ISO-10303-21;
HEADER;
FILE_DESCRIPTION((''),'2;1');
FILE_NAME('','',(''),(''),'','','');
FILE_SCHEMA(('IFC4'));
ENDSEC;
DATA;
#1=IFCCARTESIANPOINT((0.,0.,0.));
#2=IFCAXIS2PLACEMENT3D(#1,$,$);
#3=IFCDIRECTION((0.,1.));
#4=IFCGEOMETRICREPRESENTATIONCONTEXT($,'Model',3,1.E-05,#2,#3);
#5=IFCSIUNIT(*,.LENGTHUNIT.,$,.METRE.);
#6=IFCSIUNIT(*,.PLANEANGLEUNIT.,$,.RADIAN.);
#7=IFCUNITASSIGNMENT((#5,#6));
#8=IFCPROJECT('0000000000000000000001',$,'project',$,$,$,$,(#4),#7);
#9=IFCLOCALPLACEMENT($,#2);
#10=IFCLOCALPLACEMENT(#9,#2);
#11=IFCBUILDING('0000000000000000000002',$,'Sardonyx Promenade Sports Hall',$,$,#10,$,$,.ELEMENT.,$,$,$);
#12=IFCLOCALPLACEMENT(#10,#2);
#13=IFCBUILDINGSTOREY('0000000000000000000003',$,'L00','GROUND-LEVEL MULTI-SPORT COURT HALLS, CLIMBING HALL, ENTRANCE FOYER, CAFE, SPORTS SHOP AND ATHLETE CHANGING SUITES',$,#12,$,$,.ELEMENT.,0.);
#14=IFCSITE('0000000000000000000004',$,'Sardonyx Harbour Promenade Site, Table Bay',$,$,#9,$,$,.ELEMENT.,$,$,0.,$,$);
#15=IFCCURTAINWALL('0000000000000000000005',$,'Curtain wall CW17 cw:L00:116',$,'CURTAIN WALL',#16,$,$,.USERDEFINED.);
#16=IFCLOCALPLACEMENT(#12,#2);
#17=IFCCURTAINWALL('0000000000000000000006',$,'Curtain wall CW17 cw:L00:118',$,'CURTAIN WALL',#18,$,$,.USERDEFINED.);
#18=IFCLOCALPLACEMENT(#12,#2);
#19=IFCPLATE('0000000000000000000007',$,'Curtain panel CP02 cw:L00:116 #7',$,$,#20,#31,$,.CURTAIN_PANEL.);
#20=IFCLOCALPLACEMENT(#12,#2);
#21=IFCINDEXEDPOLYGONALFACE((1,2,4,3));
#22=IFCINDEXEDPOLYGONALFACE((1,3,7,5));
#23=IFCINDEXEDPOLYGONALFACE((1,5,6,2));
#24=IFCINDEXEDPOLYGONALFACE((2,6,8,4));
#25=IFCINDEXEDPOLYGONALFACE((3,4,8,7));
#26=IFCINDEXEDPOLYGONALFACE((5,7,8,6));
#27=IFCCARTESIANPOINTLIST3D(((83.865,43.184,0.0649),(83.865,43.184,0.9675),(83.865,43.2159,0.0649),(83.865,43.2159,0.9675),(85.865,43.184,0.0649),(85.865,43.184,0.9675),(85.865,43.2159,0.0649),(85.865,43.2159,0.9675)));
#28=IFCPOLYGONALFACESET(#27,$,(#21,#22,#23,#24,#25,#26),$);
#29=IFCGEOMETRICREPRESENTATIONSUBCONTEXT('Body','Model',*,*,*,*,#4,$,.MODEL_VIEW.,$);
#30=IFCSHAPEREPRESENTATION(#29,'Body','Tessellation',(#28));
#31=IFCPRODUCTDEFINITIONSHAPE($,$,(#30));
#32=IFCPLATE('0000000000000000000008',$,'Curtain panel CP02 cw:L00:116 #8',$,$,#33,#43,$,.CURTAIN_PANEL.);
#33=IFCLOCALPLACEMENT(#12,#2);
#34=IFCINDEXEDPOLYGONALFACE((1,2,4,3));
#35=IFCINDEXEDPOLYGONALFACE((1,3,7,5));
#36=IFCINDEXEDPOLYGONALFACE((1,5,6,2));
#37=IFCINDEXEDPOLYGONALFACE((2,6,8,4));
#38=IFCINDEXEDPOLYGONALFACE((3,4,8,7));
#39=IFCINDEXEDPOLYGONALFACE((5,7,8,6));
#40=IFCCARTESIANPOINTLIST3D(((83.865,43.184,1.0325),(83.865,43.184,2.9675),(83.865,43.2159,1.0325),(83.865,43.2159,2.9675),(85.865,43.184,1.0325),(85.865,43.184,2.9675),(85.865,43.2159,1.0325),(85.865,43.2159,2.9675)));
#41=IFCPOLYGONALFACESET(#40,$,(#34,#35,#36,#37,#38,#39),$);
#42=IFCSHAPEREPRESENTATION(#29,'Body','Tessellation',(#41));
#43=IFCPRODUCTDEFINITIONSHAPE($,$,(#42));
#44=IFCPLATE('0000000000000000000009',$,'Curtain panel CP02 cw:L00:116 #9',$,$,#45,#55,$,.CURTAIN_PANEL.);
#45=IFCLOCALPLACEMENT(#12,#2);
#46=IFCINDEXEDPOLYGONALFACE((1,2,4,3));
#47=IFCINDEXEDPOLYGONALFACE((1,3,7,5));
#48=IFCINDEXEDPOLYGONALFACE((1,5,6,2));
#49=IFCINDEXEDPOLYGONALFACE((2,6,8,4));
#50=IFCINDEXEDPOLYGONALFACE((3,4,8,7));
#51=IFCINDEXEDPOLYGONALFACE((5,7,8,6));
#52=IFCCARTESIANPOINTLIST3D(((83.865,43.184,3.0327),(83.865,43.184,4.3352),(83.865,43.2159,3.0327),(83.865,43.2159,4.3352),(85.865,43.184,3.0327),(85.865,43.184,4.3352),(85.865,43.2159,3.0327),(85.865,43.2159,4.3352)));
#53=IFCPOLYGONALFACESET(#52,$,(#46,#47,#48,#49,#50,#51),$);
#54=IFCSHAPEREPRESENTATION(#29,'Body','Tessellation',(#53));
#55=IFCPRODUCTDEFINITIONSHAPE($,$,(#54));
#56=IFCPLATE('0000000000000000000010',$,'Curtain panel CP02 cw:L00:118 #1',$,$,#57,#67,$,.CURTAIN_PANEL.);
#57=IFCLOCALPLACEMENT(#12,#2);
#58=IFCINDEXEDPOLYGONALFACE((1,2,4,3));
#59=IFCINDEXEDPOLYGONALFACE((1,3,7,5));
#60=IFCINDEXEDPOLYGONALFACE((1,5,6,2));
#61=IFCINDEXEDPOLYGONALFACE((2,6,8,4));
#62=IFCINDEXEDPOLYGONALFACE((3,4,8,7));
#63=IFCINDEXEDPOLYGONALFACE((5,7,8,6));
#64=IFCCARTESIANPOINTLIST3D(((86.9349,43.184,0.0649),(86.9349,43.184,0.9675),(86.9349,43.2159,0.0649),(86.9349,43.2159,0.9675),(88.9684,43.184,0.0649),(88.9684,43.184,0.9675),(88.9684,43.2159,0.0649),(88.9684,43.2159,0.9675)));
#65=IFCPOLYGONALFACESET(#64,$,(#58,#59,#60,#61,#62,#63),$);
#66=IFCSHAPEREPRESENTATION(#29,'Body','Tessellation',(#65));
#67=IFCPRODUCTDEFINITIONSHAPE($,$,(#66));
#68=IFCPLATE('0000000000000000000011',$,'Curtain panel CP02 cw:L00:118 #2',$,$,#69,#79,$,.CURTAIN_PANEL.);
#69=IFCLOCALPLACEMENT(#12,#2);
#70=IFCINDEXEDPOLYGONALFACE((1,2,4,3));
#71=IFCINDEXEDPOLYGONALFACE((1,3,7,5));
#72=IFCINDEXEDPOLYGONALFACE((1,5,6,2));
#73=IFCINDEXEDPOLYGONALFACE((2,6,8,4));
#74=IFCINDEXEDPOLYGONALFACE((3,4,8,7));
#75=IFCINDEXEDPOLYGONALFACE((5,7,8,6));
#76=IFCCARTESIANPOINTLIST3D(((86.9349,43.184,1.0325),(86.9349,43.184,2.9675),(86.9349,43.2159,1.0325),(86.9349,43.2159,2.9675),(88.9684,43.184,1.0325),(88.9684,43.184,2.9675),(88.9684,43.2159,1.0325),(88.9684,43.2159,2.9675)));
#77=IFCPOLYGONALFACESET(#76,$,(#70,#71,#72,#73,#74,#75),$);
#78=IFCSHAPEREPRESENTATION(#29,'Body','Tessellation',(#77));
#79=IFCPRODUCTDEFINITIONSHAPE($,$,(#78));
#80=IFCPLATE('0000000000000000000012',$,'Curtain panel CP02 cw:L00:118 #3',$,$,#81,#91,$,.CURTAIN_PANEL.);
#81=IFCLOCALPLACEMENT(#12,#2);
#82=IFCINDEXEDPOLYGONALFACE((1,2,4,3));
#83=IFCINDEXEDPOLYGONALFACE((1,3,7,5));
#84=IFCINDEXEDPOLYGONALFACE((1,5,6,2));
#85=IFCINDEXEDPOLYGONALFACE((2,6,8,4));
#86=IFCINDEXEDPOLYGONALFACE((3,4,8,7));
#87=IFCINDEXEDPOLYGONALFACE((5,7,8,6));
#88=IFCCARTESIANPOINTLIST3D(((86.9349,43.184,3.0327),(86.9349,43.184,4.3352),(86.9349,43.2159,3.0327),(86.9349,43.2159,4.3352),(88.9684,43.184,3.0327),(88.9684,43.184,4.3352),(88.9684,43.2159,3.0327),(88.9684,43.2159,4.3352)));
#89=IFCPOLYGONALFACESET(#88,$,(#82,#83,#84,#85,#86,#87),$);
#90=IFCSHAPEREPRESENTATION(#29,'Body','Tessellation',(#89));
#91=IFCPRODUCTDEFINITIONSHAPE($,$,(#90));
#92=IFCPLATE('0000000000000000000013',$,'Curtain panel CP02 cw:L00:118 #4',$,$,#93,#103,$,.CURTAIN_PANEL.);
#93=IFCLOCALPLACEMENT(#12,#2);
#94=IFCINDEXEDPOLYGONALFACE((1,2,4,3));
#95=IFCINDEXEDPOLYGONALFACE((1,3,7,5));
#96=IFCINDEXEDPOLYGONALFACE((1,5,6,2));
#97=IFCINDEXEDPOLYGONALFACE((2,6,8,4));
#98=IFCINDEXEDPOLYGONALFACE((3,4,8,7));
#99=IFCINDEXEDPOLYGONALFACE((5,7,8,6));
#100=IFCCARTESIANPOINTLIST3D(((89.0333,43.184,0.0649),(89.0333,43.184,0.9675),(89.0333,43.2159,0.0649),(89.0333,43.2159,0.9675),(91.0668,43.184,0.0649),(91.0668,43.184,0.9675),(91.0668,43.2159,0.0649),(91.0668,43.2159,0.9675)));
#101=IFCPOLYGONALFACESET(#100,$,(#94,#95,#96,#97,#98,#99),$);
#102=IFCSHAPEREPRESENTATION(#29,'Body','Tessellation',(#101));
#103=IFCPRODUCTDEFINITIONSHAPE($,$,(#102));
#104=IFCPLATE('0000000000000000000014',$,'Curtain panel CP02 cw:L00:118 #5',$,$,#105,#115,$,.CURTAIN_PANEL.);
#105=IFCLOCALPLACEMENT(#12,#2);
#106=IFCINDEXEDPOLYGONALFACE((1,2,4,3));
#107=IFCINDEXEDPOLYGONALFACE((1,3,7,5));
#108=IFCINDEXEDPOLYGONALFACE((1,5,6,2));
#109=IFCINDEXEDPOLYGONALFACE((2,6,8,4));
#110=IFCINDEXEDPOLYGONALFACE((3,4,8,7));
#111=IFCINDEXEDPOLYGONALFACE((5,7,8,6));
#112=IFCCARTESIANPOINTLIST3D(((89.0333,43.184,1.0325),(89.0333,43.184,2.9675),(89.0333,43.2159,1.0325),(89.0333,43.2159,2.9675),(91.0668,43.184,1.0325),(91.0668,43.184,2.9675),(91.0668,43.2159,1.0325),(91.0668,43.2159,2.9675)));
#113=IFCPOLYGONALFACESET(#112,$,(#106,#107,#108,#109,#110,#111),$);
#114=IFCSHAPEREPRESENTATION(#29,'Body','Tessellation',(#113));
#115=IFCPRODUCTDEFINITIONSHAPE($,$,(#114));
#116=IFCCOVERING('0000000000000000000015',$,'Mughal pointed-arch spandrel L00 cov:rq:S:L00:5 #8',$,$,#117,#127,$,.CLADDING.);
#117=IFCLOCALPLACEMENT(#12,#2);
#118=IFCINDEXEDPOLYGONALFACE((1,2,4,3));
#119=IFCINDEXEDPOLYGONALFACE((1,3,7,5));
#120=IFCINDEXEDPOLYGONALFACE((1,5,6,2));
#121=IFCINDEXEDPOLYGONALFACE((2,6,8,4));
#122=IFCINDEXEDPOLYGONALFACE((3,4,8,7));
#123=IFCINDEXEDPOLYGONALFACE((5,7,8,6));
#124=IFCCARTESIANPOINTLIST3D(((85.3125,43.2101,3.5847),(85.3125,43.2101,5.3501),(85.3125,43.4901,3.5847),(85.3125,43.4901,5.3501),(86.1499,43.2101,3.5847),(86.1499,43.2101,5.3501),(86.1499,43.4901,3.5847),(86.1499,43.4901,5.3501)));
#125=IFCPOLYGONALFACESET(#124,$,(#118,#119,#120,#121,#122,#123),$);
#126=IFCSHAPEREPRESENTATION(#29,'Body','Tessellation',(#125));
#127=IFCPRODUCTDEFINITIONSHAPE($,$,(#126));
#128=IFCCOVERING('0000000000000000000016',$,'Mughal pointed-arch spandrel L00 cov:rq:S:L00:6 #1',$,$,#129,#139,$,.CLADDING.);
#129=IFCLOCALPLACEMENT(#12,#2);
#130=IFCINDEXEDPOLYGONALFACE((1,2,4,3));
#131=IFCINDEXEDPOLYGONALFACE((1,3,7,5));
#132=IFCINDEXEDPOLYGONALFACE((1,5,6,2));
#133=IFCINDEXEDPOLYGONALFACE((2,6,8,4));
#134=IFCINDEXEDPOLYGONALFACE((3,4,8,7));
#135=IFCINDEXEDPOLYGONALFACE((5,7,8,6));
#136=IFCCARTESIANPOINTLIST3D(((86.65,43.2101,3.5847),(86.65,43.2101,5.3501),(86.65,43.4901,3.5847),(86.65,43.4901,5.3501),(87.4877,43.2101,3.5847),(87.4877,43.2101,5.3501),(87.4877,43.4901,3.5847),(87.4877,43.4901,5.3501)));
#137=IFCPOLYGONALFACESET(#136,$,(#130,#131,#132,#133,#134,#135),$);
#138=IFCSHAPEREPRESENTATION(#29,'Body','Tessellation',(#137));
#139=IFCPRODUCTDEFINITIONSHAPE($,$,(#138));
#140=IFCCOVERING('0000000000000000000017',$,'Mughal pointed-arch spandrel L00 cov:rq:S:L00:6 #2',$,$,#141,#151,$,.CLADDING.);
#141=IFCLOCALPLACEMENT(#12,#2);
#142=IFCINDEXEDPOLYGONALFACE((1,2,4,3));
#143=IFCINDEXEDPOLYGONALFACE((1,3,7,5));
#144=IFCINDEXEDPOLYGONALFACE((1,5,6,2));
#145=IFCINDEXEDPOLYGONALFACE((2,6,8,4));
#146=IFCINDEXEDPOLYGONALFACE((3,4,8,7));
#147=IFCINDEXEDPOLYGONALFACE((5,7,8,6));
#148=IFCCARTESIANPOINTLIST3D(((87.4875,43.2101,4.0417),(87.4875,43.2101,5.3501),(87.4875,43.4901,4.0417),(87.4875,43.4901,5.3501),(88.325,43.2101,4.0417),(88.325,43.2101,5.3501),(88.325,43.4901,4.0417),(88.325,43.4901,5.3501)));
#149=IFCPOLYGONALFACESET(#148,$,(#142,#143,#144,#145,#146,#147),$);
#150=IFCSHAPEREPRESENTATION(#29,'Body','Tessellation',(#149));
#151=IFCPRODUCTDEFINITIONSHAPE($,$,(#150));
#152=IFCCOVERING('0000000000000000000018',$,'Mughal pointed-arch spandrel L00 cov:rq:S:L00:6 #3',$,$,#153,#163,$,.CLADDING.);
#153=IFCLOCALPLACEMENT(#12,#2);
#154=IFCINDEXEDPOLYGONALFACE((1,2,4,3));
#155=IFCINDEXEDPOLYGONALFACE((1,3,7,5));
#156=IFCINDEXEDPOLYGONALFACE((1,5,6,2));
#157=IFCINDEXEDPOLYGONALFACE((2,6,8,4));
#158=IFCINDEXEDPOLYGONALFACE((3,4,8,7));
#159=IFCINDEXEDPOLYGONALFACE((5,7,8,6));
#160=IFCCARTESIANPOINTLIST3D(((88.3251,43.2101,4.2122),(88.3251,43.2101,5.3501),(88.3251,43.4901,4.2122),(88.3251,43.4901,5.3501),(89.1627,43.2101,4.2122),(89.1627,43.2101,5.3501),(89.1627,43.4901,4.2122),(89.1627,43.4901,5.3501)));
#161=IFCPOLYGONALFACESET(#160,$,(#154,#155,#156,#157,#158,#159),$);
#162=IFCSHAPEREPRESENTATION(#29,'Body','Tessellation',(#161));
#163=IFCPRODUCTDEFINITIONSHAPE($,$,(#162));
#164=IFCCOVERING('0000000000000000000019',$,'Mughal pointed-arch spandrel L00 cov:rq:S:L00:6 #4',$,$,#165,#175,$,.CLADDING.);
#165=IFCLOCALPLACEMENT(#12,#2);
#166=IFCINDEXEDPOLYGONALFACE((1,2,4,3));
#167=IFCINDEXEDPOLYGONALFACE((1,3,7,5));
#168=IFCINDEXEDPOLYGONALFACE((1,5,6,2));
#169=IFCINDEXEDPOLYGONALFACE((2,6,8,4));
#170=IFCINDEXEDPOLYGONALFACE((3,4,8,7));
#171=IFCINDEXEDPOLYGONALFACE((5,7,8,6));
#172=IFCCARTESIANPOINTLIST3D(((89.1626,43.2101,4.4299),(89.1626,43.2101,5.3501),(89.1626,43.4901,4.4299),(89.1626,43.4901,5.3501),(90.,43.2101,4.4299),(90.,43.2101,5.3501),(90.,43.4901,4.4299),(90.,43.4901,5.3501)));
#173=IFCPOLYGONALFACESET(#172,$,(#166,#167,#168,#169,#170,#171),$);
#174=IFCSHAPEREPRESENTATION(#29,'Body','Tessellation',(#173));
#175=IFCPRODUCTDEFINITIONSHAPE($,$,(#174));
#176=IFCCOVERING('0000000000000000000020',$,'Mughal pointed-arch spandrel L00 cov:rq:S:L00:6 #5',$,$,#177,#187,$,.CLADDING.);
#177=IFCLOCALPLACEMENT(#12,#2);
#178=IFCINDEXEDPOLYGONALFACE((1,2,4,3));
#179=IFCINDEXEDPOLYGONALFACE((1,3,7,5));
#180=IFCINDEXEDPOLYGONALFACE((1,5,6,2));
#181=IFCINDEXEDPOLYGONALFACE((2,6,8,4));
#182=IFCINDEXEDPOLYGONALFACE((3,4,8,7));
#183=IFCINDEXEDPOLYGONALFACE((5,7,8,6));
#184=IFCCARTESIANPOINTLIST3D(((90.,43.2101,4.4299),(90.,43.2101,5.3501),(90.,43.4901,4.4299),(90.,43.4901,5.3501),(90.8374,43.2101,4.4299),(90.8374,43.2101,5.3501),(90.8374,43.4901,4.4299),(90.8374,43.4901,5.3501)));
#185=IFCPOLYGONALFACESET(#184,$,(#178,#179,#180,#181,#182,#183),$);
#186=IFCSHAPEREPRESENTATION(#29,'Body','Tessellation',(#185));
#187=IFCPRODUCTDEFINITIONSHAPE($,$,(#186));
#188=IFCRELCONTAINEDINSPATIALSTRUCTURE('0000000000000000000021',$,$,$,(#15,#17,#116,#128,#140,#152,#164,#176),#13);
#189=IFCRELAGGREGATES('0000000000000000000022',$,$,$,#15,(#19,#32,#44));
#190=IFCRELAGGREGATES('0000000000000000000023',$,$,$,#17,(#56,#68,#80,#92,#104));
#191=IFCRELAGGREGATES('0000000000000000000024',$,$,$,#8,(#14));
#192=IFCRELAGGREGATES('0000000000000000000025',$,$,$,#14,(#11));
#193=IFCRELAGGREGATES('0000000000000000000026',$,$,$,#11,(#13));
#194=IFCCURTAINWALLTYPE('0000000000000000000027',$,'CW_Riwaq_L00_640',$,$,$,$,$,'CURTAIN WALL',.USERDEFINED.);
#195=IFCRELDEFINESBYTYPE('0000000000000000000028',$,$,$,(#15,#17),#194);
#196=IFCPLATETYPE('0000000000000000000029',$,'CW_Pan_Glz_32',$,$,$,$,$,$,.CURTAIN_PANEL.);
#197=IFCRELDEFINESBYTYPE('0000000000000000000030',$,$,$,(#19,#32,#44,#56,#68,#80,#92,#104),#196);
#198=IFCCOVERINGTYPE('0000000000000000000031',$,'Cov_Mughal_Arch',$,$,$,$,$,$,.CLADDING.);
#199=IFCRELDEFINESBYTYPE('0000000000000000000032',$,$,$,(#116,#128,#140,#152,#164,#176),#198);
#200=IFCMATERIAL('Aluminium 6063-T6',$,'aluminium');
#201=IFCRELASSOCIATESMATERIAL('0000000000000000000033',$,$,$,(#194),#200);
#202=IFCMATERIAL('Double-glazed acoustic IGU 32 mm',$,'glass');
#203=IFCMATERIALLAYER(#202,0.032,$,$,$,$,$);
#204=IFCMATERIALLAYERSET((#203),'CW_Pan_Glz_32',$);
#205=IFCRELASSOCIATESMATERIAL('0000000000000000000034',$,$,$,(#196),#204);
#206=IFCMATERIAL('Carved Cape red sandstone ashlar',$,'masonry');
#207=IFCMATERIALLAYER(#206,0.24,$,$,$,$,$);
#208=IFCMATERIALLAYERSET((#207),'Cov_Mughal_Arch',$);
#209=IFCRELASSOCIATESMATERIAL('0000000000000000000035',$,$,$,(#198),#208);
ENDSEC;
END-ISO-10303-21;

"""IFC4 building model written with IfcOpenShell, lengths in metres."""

from ifc_helpers import new_model, si_unit, direction, frame, frame_2d, origin, origin_2d, place, context, subcontext, project, spatial, rectangle, extrude, material, layer, layer_set, type_object, element, aggregate, save


model = new_model("IFC4")

# Units and contexts
model_context = context("Model", 3, precision=1e-05, world=origin(), true_north=direction((0.0, 1.0)))
body_context = subcontext(model_context, "Body", "Model", "MODEL_VIEW")
ifc_project = project(units=[si_unit("LENGTHUNIT", "METRE"), si_unit("PLANEANGLEUNIT", "RADIAN")], contexts=[model_context])

# Site, building, storey
site_placement = place(None, origin())
site = spatial("IfcSite", under=ifc_project, at=site_placement, Name="Sardonyx Harbour Promenade Site, Table Bay", CompositionType="ELEMENT", RefElevation=0.0)
building_placement = place(site_placement, origin())
building = spatial("IfcBuilding", under=site, at=building_placement, Name="Sardonyx Promenade Sports Hall", CompositionType="ELEMENT")
storey_placement = place(building_placement, origin())
storey = spatial("IfcBuildingStorey", under=building, at=storey_placement, Name="L00", Description="GROUND-LEVEL MULTI-SPORT COURT HALLS, CLIMBING HALL, ENTRANCE FOYER, CAFE, SPORTS SHOP AND ATHLETE CHANGING SUITES", CompositionType="ELEMENT", Elevation=0.0)

# Curtain wall
ifc_material_1 = material(Name="Aluminium 6063-T6", Category="aluminium")
curtain_wall_type = type_object("IfcCurtainWallType", Name="CW_Riwaq_L00_640", ElementType="CURTAIN WALL", PredefinedType="USERDEFINED", material=ifc_material_1)
curtain_wall_1_placement = place(storey_placement, origin())
curtain_wall_1 = element("IfcCurtainWall", 1, at=curtain_wall_1_placement, inside=storey, type_object=curtain_wall_type, Name="Curtain wall CW17 cw:L00:116", ObjectType="CURTAIN WALL", PredefinedType="USERDEFINED")

# Curtain wall
curtain_wall_2_placement = place(storey_placement, origin())
curtain_wall_2 = element("IfcCurtainWall", 2, at=curtain_wall_2_placement, inside=storey, type_object=curtain_wall_type, Name="Curtain wall CW17 cw:L00:118", ObjectType="CURTAIN WALL", PredefinedType="USERDEFINED")

# Plates
ifc_material_2 = material(Name="Double-glazed acoustic IGU 32 mm", Category="glass")
ifc_layer_1 = layer(ifc_material_2, 0.032)
ifc_layer_set_1 = layer_set([ifc_layer_1], Name="CW_Pan_Glz_32")
plate_type = type_object("IfcPlateType", Name="CW_Pan_Glz_32", PredefinedType="CURTAIN_PANEL", material=ifc_layer_set_1)
plate_1_placement = place(storey_placement, frame((84.865, 43.2, 0.0649), z_axis=(0.0, 0.0, 1.0), x_axis=(1.0, 0.0, 0.0)))
plate_1 = element("IfcPlate", 3, at=plate_1_placement, type_object=plate_type, Name="Curtain panel CP02 cw:L00:116 #7", PredefinedType="CURTAIN_PANEL", context=body_context, shape_type="SweptSolid", body=[
    extrude(rectangle(XDim=2.0, YDim=0.032, at=origin_2d()), origin(), (0.0, 0.0, 1.0), 0.9026),
])
plate_2_placement = place(storey_placement, frame((84.865, 43.2, 1.0325), z_axis=(0.0, 0.0, 1.0), x_axis=(1.0, 0.0, 0.0)))
plate_2 = element("IfcPlate", 4, at=plate_2_placement, type_object=plate_type, Name="Curtain panel CP02 cw:L00:116 #8", PredefinedType="CURTAIN_PANEL", context=body_context, shape_type="SweptSolid", body=[
    extrude(rectangle(XDim=2.0, YDim=0.032, at=origin_2d()), origin(), (0.0, 0.0, 1.0), 1.9351),
])
plate_3_placement = place(storey_placement, frame((84.865, 43.2, 3.0327), z_axis=(0.0, 0.0, 1.0), x_axis=(1.0, 0.0, 0.0)))
plate_3 = element("IfcPlate", 5, at=plate_3_placement, type_object=plate_type, Name="Curtain panel CP02 cw:L00:116 #9", PredefinedType="CURTAIN_PANEL", context=body_context, shape_type="SweptSolid", body=[
    extrude(rectangle(XDim=2.0, YDim=0.032, at=origin_2d()), origin(), (0.0, 0.0, 1.0), 1.3025),
])
aggregate(curtain_wall_1, [plate_1, plate_2, plate_3])
plate_4_placement = place(storey_placement, frame((87.9517, 43.2, 0.0649), z_axis=(0.0, 0.0, 1.0), x_axis=(1.0, 0.0, 0.0)))
plate_4 = element("IfcPlate", 6, at=plate_4_placement, type_object=plate_type, Name="Curtain panel CP02 cw:L00:118 #1", PredefinedType="CURTAIN_PANEL", context=body_context, shape_type="SweptSolid", body=[
    extrude(rectangle(XDim=2.0334, YDim=0.032, at=origin_2d()), origin(), (0.0, 0.0, 1.0), 0.9026),
])
plate_5_placement = place(storey_placement, frame((87.9517, 43.2, 1.0325), z_axis=(0.0, 0.0, 1.0), x_axis=(1.0, 0.0, 0.0)))
plate_5 = element("IfcPlate", 7, at=plate_5_placement, type_object=plate_type, Name="Curtain panel CP02 cw:L00:118 #2", PredefinedType="CURTAIN_PANEL", context=body_context, shape_type="SweptSolid", body=[
    extrude(rectangle(XDim=2.0334, YDim=0.032, at=origin_2d()), origin(), (0.0, 0.0, 1.0), 1.9351),
])
plate_6_placement = place(storey_placement, frame((87.9517, 43.2, 3.0327), z_axis=(0.0, 0.0, 1.0), x_axis=(1.0, 0.0, 0.0)))
plate_6 = element("IfcPlate", 8, at=plate_6_placement, type_object=plate_type, Name="Curtain panel CP02 cw:L00:118 #3", PredefinedType="CURTAIN_PANEL", context=body_context, shape_type="SweptSolid", body=[
    extrude(rectangle(XDim=2.0334, YDim=0.032, at=origin_2d()), origin(), (0.0, 0.0, 1.0), 1.3025),
])
plate_7_placement = place(storey_placement, frame((90.05, 43.2, 0.0649), z_axis=(0.0, 0.0, 1.0), x_axis=(1.0, 0.0, 0.0)))
plate_7 = element("IfcPlate", 9, at=plate_7_placement, type_object=plate_type, Name="Curtain panel CP02 cw:L00:118 #4", PredefinedType="CURTAIN_PANEL", context=body_context, shape_type="SweptSolid", body=[
    extrude(rectangle(XDim=2.0334, YDim=0.032, at=origin_2d()), origin(), (0.0, 0.0, 1.0), 0.9026),
])
plate_8_placement = place(storey_placement, frame((90.05, 43.2, 1.0325), z_axis=(0.0, 0.0, 1.0), x_axis=(1.0, 0.0, 0.0)))
plate_8 = element("IfcPlate", 10, at=plate_8_placement, type_object=plate_type, Name="Curtain panel CP02 cw:L00:118 #5", PredefinedType="CURTAIN_PANEL", context=body_context, shape_type="SweptSolid", body=[
    extrude(rectangle(XDim=2.0334, YDim=0.032, at=origin_2d()), origin(), (0.0, 0.0, 1.0), 1.9351),
])
aggregate(curtain_wall_2, [plate_4, plate_5, plate_6, plate_7, plate_8])

# Coverings
ifc_material_3 = material(Name="Carved Cape red sandstone ashlar", Category="masonry")
ifc_layer_2 = layer(ifc_material_3, 0.24)
ifc_layer_set_2 = layer_set([ifc_layer_2], Name="Cov_Mughal_Arch")
covering_type = type_object("IfcCoveringType", Name="Cov_Mughal_Arch", PredefinedType="CLADDING", material=ifc_layer_set_2)
covering_1_placement = place(storey_placement, frame((85.3125, 43.3501, 3.5847), z_axis=(0.0, 0.0, 1.0), x_axis=(1.0, 0.0, 0.0)))
element("IfcCovering", 11, at=covering_1_placement, inside=storey, type_object=covering_type, Name="Mughal pointed-arch spandrel L00 cov:rq:S:L00:5 #8", PredefinedType="CLADDING", context=body_context, shape_type="SweptSolid", body=[
    extrude(rectangle(XDim=0.8374, YDim=0.28, at=frame_2d((0.4187, 0.0))), origin(), (0.0, 0.0, 1.0), 1.7654),
])
covering_2_placement = place(storey_placement, frame((86.6499, 43.3501, 3.5847), z_axis=(0.0, 0.0, 1.0), x_axis=(1.0, 0.0, 0.0)))
element("IfcCovering", 12, at=covering_2_placement, inside=storey, type_object=covering_type, Name="Mughal pointed-arch spandrel L00 cov:rq:S:L00:6 #1", PredefinedType="CLADDING", context=body_context, shape_type="SweptSolid", body=[
    extrude(rectangle(XDim=0.8376, YDim=0.28, at=frame_2d((0.4189, 0.0))), origin(), (0.0, 0.0, 1.0), 1.7654),
])
covering_3_placement = place(storey_placement, frame((87.4875, 43.3501, 4.0417), z_axis=(0.0, 0.0, 1.0), x_axis=(1.0, 0.0, 0.0)))
element("IfcCovering", 13, at=covering_3_placement, inside=storey, type_object=covering_type, Name="Mughal pointed-arch spandrel L00 cov:rq:S:L00:6 #2", PredefinedType="CLADDING", context=body_context, shape_type="SweptSolid", body=[
    extrude(rectangle(XDim=0.8374, YDim=0.28, at=frame_2d((0.4187, 0.0))), origin(), (0.0, 0.0, 1.0), 1.3083),
])
covering_4_placement = place(storey_placement, frame((88.325, 43.3501, 4.2122), z_axis=(0.0, 0.0, 1.0), x_axis=(1.0, 0.0, 0.0)))
element("IfcCovering", 14, at=covering_4_placement, inside=storey, type_object=covering_type, Name="Mughal pointed-arch spandrel L00 cov:rq:S:L00:6 #3", PredefinedType="CLADDING", context=body_context, shape_type="SweptSolid", body=[
    extrude(rectangle(XDim=0.8376, YDim=0.28, at=frame_2d((0.4189, 0.0))), origin(), (0.0, 0.0, 1.0), 1.1379),
])
for number, where, z_axis, x_axis, name in (
    (15, (89.1626, 43.3501, 4.4299), (0.0, 0.0, 1.0), (1.0, 0.0, 0.0), "Mughal pointed-arch spandrel L00 cov:rq:S:L00:6 #4"),
    (16, (90.0, 43.3501, 4.4299), (0.0, 0.0, 1.0), (1.0, 0.0, 0.0), "Mughal pointed-arch spandrel L00 cov:rq:S:L00:6 #5"),
):
    element("IfcCovering", number, at=place(storey_placement, frame(where, z_axis=z_axis, x_axis=x_axis)), inside=storey, type_object=covering_type, Name=name, PredefinedType="CLADDING", context=body_context, shape_type="SweptSolid", body=[
        extrude(rectangle(XDim=0.8374, YDim=0.28, at=frame_2d((0.4187, 0.0))), origin(), (0.0, 0.0, 1.0), 0.9202),
    ])

save(model, "model.ifc")
